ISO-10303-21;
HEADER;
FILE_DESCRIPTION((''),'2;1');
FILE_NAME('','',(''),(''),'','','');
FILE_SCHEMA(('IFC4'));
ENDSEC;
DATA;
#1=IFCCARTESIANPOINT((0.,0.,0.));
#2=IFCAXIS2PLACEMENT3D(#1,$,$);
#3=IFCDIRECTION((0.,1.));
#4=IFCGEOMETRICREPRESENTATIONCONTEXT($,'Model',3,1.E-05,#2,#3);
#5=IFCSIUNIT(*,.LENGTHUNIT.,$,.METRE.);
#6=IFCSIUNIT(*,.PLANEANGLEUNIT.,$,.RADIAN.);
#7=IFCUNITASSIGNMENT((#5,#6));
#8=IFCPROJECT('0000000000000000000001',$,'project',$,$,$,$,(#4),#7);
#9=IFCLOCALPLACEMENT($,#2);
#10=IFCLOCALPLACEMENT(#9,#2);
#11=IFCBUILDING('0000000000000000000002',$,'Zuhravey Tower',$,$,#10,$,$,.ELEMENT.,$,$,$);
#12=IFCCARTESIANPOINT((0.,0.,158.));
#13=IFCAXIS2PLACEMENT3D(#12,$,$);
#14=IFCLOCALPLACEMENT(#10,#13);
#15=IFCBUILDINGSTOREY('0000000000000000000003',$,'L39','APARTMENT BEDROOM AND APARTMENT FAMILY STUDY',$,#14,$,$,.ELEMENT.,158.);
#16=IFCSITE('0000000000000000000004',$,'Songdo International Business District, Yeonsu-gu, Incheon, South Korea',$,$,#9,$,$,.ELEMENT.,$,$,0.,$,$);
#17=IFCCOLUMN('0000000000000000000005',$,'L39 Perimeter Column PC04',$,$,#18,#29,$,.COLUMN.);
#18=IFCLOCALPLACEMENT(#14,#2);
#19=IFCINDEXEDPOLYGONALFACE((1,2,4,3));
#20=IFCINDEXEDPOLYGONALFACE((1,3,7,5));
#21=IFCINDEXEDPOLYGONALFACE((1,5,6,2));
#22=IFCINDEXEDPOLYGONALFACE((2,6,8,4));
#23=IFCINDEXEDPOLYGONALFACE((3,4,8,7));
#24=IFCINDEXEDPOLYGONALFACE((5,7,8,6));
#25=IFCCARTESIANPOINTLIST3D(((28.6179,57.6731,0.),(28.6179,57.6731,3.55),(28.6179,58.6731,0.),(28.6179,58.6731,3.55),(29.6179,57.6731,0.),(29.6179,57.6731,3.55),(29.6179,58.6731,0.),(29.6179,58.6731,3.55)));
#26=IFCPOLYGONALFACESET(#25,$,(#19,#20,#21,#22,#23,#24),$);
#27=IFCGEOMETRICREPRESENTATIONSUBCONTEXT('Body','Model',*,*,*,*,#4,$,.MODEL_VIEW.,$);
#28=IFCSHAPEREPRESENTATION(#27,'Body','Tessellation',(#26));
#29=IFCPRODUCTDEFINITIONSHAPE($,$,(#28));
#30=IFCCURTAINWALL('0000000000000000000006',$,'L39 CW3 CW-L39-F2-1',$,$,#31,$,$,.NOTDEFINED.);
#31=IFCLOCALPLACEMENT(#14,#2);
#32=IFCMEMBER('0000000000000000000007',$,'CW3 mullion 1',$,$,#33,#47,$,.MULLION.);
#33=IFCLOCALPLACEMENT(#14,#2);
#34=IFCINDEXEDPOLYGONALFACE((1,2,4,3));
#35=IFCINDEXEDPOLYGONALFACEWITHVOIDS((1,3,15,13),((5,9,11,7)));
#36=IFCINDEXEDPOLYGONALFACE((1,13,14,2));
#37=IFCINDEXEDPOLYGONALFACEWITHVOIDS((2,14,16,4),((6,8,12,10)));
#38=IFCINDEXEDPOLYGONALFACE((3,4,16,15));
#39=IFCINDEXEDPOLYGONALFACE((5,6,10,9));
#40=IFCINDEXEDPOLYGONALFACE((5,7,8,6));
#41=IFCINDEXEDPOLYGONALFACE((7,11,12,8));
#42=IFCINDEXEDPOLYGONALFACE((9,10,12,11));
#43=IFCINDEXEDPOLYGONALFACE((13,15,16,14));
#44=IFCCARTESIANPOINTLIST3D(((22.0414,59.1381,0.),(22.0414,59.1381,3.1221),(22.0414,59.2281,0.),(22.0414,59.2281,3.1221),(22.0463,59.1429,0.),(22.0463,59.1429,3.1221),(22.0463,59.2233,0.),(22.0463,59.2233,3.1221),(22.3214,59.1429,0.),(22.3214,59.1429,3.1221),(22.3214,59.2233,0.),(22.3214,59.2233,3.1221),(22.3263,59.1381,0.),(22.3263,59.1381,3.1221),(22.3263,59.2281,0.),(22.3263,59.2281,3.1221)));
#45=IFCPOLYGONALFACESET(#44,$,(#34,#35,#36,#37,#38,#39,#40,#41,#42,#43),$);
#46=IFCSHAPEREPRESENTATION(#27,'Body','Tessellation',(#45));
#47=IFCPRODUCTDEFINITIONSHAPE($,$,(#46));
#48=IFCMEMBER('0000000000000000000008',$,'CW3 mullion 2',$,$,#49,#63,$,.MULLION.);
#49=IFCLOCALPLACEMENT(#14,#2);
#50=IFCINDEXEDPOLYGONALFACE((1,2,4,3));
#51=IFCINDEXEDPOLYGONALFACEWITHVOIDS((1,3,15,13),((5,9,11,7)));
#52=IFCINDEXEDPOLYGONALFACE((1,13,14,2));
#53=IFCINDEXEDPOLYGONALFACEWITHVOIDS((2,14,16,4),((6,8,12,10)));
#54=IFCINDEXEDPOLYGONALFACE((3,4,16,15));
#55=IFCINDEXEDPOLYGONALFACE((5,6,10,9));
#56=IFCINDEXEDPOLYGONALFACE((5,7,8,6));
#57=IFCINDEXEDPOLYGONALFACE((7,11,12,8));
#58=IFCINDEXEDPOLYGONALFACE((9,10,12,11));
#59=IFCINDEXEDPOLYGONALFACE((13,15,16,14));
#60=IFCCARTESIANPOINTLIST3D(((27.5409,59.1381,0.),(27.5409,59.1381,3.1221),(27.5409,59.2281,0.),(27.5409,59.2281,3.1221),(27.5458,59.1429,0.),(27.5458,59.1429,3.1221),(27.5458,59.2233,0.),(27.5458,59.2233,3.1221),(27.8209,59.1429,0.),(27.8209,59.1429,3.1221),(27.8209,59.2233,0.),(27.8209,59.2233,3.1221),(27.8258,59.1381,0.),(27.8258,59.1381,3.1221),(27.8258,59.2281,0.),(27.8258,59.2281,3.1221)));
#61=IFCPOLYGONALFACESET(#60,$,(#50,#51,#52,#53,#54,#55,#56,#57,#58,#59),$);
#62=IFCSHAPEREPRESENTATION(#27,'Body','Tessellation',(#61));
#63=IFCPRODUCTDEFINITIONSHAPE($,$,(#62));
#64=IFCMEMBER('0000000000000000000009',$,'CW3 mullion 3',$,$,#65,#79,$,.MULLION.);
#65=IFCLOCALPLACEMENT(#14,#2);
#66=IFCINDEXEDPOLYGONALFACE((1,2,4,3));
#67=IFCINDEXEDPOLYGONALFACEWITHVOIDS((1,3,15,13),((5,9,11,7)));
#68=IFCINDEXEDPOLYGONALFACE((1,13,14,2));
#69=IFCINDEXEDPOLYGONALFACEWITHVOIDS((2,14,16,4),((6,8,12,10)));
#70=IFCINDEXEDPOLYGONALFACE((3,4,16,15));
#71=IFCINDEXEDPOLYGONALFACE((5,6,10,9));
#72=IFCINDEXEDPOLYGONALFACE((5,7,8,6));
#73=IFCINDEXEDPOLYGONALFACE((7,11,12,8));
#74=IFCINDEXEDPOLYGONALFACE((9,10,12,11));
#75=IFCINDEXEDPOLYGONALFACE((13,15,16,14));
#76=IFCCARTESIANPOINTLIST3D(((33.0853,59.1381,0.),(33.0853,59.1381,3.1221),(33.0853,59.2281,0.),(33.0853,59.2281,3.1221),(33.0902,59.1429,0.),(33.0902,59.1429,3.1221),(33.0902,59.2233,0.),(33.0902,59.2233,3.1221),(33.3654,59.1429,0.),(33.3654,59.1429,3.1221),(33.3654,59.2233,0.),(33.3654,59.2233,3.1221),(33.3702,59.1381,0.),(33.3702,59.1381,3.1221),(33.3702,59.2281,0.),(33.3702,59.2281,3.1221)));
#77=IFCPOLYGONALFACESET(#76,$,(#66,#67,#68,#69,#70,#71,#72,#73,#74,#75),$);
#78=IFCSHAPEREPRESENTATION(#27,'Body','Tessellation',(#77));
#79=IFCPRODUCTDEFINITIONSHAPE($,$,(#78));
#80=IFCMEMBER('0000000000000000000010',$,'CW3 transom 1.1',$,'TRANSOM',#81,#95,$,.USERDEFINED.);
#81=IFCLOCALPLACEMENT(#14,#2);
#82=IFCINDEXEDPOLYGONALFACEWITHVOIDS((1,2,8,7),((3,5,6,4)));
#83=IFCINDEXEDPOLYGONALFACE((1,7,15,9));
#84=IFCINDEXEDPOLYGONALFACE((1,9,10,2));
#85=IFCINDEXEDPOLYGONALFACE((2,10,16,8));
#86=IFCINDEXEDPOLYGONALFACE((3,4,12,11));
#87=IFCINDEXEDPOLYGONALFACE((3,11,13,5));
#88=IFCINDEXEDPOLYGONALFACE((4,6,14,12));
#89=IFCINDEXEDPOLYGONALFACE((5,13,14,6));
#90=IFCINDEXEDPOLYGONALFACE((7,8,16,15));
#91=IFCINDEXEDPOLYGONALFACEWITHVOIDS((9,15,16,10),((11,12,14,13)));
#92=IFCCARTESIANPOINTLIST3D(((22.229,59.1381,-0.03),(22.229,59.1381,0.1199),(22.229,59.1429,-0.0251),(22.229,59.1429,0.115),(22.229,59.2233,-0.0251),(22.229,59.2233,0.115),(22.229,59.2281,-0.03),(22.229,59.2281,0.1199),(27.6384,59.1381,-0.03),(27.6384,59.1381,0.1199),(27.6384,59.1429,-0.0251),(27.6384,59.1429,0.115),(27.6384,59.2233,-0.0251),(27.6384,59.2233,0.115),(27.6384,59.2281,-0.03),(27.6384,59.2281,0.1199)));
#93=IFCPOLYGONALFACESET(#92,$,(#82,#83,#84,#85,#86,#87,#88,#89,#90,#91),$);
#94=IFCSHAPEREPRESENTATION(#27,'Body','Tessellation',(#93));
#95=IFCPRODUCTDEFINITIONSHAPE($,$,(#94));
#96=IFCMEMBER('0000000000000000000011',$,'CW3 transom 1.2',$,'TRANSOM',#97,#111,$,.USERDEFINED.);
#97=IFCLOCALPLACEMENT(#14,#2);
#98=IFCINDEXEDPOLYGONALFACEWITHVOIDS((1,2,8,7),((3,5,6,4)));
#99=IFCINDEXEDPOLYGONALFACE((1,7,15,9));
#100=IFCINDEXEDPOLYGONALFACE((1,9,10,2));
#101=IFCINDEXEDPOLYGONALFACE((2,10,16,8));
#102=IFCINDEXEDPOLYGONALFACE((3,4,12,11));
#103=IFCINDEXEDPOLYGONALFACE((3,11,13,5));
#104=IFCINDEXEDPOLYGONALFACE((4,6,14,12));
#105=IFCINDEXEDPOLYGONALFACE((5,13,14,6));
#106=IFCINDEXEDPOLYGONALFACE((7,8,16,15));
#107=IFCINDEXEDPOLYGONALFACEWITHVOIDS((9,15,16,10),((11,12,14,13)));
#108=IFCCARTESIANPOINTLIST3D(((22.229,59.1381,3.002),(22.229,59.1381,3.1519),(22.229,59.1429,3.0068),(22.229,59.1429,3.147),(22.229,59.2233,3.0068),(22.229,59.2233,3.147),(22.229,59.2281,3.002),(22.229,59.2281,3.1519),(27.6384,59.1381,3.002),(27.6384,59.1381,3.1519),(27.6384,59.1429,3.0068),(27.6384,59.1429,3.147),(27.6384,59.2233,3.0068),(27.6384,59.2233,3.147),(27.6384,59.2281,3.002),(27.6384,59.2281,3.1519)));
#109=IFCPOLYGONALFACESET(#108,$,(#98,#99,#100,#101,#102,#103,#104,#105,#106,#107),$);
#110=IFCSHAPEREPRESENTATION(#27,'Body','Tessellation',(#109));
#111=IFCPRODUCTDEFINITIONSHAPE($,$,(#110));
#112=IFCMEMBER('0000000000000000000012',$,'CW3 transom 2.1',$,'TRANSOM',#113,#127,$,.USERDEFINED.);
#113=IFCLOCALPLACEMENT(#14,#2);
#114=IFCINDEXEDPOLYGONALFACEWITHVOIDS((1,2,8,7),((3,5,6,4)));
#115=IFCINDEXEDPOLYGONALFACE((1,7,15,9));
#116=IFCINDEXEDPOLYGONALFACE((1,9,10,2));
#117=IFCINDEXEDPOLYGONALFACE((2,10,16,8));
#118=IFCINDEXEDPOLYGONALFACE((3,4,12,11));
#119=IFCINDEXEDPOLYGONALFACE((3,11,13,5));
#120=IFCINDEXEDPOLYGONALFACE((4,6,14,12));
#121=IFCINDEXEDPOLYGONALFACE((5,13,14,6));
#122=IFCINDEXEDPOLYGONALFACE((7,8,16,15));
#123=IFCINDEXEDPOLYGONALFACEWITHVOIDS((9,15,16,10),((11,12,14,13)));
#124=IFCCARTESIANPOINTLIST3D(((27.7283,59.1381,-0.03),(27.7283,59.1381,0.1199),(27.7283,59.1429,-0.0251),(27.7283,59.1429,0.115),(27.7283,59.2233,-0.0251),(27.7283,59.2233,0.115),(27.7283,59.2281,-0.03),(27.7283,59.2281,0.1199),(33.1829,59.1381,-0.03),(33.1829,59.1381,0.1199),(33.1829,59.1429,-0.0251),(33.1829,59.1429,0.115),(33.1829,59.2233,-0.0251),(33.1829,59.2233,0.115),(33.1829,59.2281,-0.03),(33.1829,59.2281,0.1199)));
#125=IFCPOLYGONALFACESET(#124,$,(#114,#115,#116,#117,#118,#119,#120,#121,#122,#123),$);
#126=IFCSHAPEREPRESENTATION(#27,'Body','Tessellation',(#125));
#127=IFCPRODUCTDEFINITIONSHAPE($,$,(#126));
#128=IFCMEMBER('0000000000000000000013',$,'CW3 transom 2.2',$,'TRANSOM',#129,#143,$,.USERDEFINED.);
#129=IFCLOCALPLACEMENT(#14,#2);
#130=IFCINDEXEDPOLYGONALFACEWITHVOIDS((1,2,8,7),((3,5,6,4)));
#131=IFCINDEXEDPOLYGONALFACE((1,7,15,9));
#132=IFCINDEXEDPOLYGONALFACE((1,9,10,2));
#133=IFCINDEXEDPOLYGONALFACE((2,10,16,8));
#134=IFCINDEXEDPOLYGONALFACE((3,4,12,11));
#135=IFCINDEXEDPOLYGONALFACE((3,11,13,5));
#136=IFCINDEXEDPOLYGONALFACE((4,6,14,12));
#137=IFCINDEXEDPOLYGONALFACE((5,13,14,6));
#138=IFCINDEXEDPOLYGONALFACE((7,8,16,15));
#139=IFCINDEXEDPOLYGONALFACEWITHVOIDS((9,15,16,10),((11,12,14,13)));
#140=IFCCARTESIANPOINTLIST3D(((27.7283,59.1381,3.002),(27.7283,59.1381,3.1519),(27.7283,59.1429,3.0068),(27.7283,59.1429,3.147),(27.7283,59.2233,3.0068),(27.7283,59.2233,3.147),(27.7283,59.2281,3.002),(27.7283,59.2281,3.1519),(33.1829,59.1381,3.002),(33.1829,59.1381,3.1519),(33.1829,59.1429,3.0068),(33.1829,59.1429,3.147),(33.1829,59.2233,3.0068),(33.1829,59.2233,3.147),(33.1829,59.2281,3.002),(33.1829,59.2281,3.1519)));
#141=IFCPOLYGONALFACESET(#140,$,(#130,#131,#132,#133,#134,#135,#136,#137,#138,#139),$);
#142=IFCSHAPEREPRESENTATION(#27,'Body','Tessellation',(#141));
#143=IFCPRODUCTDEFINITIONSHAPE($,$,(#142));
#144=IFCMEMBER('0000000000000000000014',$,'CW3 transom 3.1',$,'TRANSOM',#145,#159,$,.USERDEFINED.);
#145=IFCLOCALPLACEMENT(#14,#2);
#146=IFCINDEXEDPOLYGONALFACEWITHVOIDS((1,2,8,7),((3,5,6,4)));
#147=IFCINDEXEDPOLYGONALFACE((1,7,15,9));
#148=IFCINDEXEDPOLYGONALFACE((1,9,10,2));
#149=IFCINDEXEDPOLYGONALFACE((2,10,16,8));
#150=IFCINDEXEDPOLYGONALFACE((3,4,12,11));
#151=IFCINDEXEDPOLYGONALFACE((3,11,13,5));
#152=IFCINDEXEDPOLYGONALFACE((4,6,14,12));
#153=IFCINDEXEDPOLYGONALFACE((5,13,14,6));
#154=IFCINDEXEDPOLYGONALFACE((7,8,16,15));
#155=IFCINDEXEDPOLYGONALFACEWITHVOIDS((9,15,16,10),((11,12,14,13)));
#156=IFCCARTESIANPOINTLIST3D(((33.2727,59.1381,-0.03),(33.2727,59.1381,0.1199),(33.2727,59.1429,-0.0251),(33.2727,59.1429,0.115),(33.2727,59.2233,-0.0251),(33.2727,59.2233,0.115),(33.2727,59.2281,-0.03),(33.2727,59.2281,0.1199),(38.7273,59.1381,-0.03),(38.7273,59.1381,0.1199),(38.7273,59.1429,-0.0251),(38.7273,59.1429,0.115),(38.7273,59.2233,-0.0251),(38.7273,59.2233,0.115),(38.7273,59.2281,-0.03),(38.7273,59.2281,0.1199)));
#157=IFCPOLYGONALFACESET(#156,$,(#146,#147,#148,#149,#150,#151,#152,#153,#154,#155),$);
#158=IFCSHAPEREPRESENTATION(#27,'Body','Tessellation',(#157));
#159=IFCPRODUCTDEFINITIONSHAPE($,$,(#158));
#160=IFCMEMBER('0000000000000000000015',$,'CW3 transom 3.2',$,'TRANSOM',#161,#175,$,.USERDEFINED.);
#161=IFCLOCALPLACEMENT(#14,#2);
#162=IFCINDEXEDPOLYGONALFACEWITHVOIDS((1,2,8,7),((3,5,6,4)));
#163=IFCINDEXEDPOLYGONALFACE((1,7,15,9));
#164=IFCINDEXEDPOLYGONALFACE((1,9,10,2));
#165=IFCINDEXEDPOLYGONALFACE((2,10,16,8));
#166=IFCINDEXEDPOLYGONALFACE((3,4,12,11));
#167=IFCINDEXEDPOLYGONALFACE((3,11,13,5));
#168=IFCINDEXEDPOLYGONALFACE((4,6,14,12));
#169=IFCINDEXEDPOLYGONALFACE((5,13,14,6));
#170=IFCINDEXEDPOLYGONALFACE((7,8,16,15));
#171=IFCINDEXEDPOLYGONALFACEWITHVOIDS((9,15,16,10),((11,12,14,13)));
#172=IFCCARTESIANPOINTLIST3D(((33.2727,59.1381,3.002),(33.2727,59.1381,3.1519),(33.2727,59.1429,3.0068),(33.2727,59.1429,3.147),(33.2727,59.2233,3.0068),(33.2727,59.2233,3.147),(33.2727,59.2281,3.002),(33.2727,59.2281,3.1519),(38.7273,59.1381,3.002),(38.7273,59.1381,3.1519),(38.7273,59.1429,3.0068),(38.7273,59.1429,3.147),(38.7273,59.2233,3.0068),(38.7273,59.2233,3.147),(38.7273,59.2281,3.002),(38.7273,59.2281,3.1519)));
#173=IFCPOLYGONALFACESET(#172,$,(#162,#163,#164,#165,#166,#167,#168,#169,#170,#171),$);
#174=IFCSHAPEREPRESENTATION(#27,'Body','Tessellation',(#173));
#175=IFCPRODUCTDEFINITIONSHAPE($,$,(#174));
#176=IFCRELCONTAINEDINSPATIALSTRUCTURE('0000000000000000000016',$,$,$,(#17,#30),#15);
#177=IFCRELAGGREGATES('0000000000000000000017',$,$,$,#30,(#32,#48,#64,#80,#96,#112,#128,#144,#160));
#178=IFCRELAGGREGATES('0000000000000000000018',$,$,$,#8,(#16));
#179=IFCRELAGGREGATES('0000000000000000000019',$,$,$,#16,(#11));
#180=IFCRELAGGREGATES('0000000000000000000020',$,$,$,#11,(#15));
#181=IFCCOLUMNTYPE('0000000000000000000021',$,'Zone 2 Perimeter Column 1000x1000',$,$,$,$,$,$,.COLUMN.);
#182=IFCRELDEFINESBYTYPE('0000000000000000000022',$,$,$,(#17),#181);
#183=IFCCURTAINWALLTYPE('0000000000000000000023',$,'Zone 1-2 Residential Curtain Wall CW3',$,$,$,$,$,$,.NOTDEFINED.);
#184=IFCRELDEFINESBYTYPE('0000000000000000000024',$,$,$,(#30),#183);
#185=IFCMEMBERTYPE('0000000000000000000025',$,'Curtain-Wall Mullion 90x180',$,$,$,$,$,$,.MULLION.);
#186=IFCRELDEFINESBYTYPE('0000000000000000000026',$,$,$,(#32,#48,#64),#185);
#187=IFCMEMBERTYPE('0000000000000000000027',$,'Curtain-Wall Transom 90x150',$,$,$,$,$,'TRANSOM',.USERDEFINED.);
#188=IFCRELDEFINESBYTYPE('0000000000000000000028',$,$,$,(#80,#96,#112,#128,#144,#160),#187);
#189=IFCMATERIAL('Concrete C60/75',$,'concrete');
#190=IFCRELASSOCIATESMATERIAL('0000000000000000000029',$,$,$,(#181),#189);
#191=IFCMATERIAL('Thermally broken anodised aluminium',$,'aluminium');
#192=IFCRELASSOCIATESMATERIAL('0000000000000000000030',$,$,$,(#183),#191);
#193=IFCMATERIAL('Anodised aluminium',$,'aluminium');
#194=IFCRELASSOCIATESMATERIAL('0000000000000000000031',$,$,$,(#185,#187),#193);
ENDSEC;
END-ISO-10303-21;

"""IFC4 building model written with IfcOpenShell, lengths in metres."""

from ifc_helpers import new_model, si_unit, direction, frame, origin, origin_2d, place, context, subcontext, project, spatial, rectangle, hollow_rectangle, extrude, material, material_profile, profile_set, type_object, element, aggregate, save


model = new_model("IFC4")

# Units and contexts
model_context = context("Model", 3, precision=1e-05, world=origin(), true_north=direction((0.0, 1.0)))
body_context = subcontext(model_context, "Body", "Model", "MODEL_VIEW")
ifc_project = project(units=[si_unit("LENGTHUNIT", "METRE"), si_unit("PLANEANGLEUNIT", "RADIAN")], contexts=[model_context])

# Site, building, storey
site_placement = place(None, origin())
site = spatial("IfcSite", under=ifc_project, at=site_placement, Name="Songdo International Business District, Yeonsu-gu, Incheon, South Korea", CompositionType="ELEMENT", RefElevation=0.0)
building_placement = place(site_placement, origin())
building = spatial("IfcBuilding", under=site, at=building_placement, Name="Zuhravey Tower", CompositionType="ELEMENT")
storey_placement = place(building_placement, frame((0.0, 0.0, 158.0)))
storey = spatial("IfcBuildingStorey", under=building, at=storey_placement, Name="L39", Description="APARTMENT BEDROOM AND APARTMENT FAMILY STUDY", CompositionType="ELEMENT", Elevation=158.0)

# Column
ifc_material_1 = material(Name="Concrete C60/75", Category="concrete")
ifc_material_profile_1 = material_profile(ifc_material_1, rectangle(XDim=1.0, YDim=1.0, at=origin_2d()), Name="RC-1000x1000")
ifc_profile_set_1 = profile_set([ifc_material_profile_1], Name="Concrete C60/75")
column_type = type_object("IfcColumnType", Name="Zone 2 Perimeter Column 1000x1000", PredefinedType="COLUMN", material=ifc_profile_set_1)
column_placement = place(storey_placement, frame((29.1179, 58.1731, 0.0), z_axis=(0.0, 0.0, 1.0), x_axis=(-1.0, 0.0, 0.0)))
element("IfcColumn", 1, at=column_placement, inside=storey, type_object=column_type, Name="L39 Perimeter Column PC04", PredefinedType="COLUMN", context=body_context, shape_type="SweptSolid", body=[
    extrude(rectangle(XDim=1.0, YDim=1.0, at=origin_2d()), origin(), (0.0, 0.0, 1.0), 3.55),
])

# Curtain wall, members
ifc_material_2 = material(Name="Thermally broken anodised aluminium", Category="aluminium")
curtain_wall_type = type_object("IfcCurtainWallType", Name="Zone 1-2 Residential Curtain Wall CW3", PredefinedType="NOTDEFINED", material=ifc_material_2)
curtain_wall_placement = place(storey_placement, origin())
curtain_wall = element("IfcCurtainWall", 2, at=curtain_wall_placement, inside=storey, type_object=curtain_wall_type, Name="L39 CW3 CW-L39-F2-1", PredefinedType="NOTDEFINED")
ifc_material_3 = material(Name="Anodised aluminium", Category="aluminium")
ifc_material_profile_2 = material_profile(ifc_material_3, hollow_rectangle(XDim=0.0901, YDim=0.2849, WallThickness=0.0049, at=origin_2d()), Name="ALU-RHS-90x285x5")
ifc_profile_set_2 = profile_set([ifc_material_profile_2], Name="Anodised aluminium")
member_type_1 = type_object("IfcMemberType", Name="Curtain-Wall Mullion 90x180", PredefinedType="MULLION", material=ifc_profile_set_2)
member_1_placement = place(storey_placement, frame((22.1838, 59.1831, 0.0), z_axis=(0.0, 0.0, 1.0), x_axis=(0.0, 1.0, 0.0)))
member_1 = element("IfcMember", 3, at=member_1_placement, type_object=member_type_1, Name="CW3 mullion 1", PredefinedType="MULLION", context=body_context, shape_type="SweptSolid", body=[
    extrude(hollow_rectangle(XDim=0.0901, YDim=0.2849, WallThickness=0.0049, at=origin_2d()), origin(), (0.0, 0.0, 1.0), 3.1221),
])
member_2_placement = place(storey_placement, frame((27.6833, 59.1831, 0.0), z_axis=(0.0, 0.0, 1.0), x_axis=(0.0, 1.0, 0.0)))
member_2 = element("IfcMember", 4, at=member_2_placement, type_object=member_type_1, Name="CW3 mullion 2", PredefinedType="MULLION", context=body_context, shape_type="SweptSolid", body=[
    extrude(hollow_rectangle(XDim=0.0901, YDim=0.2849, WallThickness=0.0049, at=origin_2d()), origin(), (0.0, 0.0, 1.0), 3.1221),
])
member_3_placement = place(storey_placement, frame((33.2278, 59.1831, 0.0), z_axis=(0.0, 0.0, 1.0), x_axis=(0.0, 1.0, 0.0)))
member_3 = element("IfcMember", 5, at=member_3_placement, type_object=member_type_1, Name="CW3 mullion 3", PredefinedType="MULLION", context=body_context, shape_type="SweptSolid", body=[
    extrude(hollow_rectangle(XDim=0.0901, YDim=0.2849, WallThickness=0.0049, at=origin_2d()), origin(), (0.0, 0.0, 1.0), 3.1221),
])
ifc_material_profile_3 = material_profile(ifc_material_3, hollow_rectangle(XDim=0.0901, YDim=0.1499, WallThickness=0.0049, at=origin_2d()), Name="ALU-RHS-90x150x5")
ifc_profile_set_3 = profile_set([ifc_material_profile_3], Name="Anodised aluminium")
member_type_2 = type_object("IfcMemberType", Name="Curtain-Wall Transom 90x150", ElementType="TRANSOM", PredefinedType="USERDEFINED", material=ifc_profile_set_3)
member_4_placement = place(storey_placement, frame((22.229, 59.1831, 0.0449), z_axis=(1.0, 0.0, 0.0), x_axis=(0.0, 1.0, 0.0)))
member_4 = element("IfcMember", 6, at=member_4_placement, type_object=member_type_2, Name="CW3 transom 1.1", ObjectType="TRANSOM", PredefinedType="USERDEFINED", context=body_context, shape_type="SweptSolid", body=[
    extrude(hollow_rectangle(XDim=0.0901, YDim=0.1499, WallThickness=0.0049, at=origin_2d()), origin(), (0.0, 0.0, 1.0), 5.4094),
])
member_5_placement = place(storey_placement, frame((22.229, 59.1831, 3.0769), z_axis=(1.0, 0.0, 0.0), x_axis=(0.0, 1.0, 0.0)))
member_5 = element("IfcMember", 7, at=member_5_placement, type_object=member_type_2, Name="CW3 transom 1.2", ObjectType="TRANSOM", PredefinedType="USERDEFINED", context=body_context, shape_type="SweptSolid", body=[
    extrude(hollow_rectangle(XDim=0.0901, YDim=0.1499, WallThickness=0.0049, at=origin_2d()), origin(), (0.0, 0.0, 1.0), 5.4094),
])
member_6_placement = place(storey_placement, frame((27.7283, 59.1831, 0.0449), z_axis=(1.0, 0.0, 0.0), x_axis=(0.0, 1.0, 0.0)))
member_6 = element("IfcMember", 8, at=member_6_placement, type_object=member_type_2, Name="CW3 transom 2.1", ObjectType="TRANSOM", PredefinedType="USERDEFINED", context=body_context, shape_type="SweptSolid", body=[
    extrude(hollow_rectangle(XDim=0.0901, YDim=0.1499, WallThickness=0.0049, at=origin_2d()), origin(), (0.0, 0.0, 1.0), 5.4546),
])
member_7_placement = place(storey_placement, frame((27.7283, 59.1831, 3.0769), z_axis=(1.0, 0.0, 0.0), x_axis=(0.0, 1.0, 0.0)))
member_7 = element("IfcMember", 9, at=member_7_placement, type_object=member_type_2, Name="CW3 transom 2.2", ObjectType="TRANSOM", PredefinedType="USERDEFINED", context=body_context, shape_type="SweptSolid", body=[
    extrude(hollow_rectangle(XDim=0.0901, YDim=0.1499, WallThickness=0.0049, at=origin_2d()), origin(), (0.0, 0.0, 1.0), 5.4546),
])
member_8_placement = place(storey_placement, frame((33.2727, 59.1831, 0.0449), z_axis=(1.0, 0.0, 0.0), x_axis=(0.0, 1.0, 0.0)))
member_8 = element("IfcMember", 10, at=member_8_placement, type_object=member_type_2, Name="CW3 transom 3.1", ObjectType="TRANSOM", PredefinedType="USERDEFINED", context=body_context, shape_type="SweptSolid", body=[
    extrude(hollow_rectangle(XDim=0.0901, YDim=0.1499, WallThickness=0.0049, at=origin_2d()), origin(), (0.0, 0.0, 1.0), 5.4546),
])
member_9_placement = place(storey_placement, frame((33.2727, 59.1831, 3.0769), z_axis=(1.0, 0.0, 0.0), x_axis=(0.0, 1.0, 0.0)))
member_9 = element("IfcMember", 11, at=member_9_placement, type_object=member_type_2, Name="CW3 transom 3.2", ObjectType="TRANSOM", PredefinedType="USERDEFINED", context=body_context, shape_type="SweptSolid", body=[
    extrude(hollow_rectangle(XDim=0.0901, YDim=0.1499, WallThickness=0.0049, at=origin_2d()), origin(), (0.0, 0.0, 1.0), 5.4546),
])

aggregate(curtain_wall, [member_1, member_2, member_3, member_4, member_5, member_6, member_7, member_8, member_9])

save(model, "model.ifc")
